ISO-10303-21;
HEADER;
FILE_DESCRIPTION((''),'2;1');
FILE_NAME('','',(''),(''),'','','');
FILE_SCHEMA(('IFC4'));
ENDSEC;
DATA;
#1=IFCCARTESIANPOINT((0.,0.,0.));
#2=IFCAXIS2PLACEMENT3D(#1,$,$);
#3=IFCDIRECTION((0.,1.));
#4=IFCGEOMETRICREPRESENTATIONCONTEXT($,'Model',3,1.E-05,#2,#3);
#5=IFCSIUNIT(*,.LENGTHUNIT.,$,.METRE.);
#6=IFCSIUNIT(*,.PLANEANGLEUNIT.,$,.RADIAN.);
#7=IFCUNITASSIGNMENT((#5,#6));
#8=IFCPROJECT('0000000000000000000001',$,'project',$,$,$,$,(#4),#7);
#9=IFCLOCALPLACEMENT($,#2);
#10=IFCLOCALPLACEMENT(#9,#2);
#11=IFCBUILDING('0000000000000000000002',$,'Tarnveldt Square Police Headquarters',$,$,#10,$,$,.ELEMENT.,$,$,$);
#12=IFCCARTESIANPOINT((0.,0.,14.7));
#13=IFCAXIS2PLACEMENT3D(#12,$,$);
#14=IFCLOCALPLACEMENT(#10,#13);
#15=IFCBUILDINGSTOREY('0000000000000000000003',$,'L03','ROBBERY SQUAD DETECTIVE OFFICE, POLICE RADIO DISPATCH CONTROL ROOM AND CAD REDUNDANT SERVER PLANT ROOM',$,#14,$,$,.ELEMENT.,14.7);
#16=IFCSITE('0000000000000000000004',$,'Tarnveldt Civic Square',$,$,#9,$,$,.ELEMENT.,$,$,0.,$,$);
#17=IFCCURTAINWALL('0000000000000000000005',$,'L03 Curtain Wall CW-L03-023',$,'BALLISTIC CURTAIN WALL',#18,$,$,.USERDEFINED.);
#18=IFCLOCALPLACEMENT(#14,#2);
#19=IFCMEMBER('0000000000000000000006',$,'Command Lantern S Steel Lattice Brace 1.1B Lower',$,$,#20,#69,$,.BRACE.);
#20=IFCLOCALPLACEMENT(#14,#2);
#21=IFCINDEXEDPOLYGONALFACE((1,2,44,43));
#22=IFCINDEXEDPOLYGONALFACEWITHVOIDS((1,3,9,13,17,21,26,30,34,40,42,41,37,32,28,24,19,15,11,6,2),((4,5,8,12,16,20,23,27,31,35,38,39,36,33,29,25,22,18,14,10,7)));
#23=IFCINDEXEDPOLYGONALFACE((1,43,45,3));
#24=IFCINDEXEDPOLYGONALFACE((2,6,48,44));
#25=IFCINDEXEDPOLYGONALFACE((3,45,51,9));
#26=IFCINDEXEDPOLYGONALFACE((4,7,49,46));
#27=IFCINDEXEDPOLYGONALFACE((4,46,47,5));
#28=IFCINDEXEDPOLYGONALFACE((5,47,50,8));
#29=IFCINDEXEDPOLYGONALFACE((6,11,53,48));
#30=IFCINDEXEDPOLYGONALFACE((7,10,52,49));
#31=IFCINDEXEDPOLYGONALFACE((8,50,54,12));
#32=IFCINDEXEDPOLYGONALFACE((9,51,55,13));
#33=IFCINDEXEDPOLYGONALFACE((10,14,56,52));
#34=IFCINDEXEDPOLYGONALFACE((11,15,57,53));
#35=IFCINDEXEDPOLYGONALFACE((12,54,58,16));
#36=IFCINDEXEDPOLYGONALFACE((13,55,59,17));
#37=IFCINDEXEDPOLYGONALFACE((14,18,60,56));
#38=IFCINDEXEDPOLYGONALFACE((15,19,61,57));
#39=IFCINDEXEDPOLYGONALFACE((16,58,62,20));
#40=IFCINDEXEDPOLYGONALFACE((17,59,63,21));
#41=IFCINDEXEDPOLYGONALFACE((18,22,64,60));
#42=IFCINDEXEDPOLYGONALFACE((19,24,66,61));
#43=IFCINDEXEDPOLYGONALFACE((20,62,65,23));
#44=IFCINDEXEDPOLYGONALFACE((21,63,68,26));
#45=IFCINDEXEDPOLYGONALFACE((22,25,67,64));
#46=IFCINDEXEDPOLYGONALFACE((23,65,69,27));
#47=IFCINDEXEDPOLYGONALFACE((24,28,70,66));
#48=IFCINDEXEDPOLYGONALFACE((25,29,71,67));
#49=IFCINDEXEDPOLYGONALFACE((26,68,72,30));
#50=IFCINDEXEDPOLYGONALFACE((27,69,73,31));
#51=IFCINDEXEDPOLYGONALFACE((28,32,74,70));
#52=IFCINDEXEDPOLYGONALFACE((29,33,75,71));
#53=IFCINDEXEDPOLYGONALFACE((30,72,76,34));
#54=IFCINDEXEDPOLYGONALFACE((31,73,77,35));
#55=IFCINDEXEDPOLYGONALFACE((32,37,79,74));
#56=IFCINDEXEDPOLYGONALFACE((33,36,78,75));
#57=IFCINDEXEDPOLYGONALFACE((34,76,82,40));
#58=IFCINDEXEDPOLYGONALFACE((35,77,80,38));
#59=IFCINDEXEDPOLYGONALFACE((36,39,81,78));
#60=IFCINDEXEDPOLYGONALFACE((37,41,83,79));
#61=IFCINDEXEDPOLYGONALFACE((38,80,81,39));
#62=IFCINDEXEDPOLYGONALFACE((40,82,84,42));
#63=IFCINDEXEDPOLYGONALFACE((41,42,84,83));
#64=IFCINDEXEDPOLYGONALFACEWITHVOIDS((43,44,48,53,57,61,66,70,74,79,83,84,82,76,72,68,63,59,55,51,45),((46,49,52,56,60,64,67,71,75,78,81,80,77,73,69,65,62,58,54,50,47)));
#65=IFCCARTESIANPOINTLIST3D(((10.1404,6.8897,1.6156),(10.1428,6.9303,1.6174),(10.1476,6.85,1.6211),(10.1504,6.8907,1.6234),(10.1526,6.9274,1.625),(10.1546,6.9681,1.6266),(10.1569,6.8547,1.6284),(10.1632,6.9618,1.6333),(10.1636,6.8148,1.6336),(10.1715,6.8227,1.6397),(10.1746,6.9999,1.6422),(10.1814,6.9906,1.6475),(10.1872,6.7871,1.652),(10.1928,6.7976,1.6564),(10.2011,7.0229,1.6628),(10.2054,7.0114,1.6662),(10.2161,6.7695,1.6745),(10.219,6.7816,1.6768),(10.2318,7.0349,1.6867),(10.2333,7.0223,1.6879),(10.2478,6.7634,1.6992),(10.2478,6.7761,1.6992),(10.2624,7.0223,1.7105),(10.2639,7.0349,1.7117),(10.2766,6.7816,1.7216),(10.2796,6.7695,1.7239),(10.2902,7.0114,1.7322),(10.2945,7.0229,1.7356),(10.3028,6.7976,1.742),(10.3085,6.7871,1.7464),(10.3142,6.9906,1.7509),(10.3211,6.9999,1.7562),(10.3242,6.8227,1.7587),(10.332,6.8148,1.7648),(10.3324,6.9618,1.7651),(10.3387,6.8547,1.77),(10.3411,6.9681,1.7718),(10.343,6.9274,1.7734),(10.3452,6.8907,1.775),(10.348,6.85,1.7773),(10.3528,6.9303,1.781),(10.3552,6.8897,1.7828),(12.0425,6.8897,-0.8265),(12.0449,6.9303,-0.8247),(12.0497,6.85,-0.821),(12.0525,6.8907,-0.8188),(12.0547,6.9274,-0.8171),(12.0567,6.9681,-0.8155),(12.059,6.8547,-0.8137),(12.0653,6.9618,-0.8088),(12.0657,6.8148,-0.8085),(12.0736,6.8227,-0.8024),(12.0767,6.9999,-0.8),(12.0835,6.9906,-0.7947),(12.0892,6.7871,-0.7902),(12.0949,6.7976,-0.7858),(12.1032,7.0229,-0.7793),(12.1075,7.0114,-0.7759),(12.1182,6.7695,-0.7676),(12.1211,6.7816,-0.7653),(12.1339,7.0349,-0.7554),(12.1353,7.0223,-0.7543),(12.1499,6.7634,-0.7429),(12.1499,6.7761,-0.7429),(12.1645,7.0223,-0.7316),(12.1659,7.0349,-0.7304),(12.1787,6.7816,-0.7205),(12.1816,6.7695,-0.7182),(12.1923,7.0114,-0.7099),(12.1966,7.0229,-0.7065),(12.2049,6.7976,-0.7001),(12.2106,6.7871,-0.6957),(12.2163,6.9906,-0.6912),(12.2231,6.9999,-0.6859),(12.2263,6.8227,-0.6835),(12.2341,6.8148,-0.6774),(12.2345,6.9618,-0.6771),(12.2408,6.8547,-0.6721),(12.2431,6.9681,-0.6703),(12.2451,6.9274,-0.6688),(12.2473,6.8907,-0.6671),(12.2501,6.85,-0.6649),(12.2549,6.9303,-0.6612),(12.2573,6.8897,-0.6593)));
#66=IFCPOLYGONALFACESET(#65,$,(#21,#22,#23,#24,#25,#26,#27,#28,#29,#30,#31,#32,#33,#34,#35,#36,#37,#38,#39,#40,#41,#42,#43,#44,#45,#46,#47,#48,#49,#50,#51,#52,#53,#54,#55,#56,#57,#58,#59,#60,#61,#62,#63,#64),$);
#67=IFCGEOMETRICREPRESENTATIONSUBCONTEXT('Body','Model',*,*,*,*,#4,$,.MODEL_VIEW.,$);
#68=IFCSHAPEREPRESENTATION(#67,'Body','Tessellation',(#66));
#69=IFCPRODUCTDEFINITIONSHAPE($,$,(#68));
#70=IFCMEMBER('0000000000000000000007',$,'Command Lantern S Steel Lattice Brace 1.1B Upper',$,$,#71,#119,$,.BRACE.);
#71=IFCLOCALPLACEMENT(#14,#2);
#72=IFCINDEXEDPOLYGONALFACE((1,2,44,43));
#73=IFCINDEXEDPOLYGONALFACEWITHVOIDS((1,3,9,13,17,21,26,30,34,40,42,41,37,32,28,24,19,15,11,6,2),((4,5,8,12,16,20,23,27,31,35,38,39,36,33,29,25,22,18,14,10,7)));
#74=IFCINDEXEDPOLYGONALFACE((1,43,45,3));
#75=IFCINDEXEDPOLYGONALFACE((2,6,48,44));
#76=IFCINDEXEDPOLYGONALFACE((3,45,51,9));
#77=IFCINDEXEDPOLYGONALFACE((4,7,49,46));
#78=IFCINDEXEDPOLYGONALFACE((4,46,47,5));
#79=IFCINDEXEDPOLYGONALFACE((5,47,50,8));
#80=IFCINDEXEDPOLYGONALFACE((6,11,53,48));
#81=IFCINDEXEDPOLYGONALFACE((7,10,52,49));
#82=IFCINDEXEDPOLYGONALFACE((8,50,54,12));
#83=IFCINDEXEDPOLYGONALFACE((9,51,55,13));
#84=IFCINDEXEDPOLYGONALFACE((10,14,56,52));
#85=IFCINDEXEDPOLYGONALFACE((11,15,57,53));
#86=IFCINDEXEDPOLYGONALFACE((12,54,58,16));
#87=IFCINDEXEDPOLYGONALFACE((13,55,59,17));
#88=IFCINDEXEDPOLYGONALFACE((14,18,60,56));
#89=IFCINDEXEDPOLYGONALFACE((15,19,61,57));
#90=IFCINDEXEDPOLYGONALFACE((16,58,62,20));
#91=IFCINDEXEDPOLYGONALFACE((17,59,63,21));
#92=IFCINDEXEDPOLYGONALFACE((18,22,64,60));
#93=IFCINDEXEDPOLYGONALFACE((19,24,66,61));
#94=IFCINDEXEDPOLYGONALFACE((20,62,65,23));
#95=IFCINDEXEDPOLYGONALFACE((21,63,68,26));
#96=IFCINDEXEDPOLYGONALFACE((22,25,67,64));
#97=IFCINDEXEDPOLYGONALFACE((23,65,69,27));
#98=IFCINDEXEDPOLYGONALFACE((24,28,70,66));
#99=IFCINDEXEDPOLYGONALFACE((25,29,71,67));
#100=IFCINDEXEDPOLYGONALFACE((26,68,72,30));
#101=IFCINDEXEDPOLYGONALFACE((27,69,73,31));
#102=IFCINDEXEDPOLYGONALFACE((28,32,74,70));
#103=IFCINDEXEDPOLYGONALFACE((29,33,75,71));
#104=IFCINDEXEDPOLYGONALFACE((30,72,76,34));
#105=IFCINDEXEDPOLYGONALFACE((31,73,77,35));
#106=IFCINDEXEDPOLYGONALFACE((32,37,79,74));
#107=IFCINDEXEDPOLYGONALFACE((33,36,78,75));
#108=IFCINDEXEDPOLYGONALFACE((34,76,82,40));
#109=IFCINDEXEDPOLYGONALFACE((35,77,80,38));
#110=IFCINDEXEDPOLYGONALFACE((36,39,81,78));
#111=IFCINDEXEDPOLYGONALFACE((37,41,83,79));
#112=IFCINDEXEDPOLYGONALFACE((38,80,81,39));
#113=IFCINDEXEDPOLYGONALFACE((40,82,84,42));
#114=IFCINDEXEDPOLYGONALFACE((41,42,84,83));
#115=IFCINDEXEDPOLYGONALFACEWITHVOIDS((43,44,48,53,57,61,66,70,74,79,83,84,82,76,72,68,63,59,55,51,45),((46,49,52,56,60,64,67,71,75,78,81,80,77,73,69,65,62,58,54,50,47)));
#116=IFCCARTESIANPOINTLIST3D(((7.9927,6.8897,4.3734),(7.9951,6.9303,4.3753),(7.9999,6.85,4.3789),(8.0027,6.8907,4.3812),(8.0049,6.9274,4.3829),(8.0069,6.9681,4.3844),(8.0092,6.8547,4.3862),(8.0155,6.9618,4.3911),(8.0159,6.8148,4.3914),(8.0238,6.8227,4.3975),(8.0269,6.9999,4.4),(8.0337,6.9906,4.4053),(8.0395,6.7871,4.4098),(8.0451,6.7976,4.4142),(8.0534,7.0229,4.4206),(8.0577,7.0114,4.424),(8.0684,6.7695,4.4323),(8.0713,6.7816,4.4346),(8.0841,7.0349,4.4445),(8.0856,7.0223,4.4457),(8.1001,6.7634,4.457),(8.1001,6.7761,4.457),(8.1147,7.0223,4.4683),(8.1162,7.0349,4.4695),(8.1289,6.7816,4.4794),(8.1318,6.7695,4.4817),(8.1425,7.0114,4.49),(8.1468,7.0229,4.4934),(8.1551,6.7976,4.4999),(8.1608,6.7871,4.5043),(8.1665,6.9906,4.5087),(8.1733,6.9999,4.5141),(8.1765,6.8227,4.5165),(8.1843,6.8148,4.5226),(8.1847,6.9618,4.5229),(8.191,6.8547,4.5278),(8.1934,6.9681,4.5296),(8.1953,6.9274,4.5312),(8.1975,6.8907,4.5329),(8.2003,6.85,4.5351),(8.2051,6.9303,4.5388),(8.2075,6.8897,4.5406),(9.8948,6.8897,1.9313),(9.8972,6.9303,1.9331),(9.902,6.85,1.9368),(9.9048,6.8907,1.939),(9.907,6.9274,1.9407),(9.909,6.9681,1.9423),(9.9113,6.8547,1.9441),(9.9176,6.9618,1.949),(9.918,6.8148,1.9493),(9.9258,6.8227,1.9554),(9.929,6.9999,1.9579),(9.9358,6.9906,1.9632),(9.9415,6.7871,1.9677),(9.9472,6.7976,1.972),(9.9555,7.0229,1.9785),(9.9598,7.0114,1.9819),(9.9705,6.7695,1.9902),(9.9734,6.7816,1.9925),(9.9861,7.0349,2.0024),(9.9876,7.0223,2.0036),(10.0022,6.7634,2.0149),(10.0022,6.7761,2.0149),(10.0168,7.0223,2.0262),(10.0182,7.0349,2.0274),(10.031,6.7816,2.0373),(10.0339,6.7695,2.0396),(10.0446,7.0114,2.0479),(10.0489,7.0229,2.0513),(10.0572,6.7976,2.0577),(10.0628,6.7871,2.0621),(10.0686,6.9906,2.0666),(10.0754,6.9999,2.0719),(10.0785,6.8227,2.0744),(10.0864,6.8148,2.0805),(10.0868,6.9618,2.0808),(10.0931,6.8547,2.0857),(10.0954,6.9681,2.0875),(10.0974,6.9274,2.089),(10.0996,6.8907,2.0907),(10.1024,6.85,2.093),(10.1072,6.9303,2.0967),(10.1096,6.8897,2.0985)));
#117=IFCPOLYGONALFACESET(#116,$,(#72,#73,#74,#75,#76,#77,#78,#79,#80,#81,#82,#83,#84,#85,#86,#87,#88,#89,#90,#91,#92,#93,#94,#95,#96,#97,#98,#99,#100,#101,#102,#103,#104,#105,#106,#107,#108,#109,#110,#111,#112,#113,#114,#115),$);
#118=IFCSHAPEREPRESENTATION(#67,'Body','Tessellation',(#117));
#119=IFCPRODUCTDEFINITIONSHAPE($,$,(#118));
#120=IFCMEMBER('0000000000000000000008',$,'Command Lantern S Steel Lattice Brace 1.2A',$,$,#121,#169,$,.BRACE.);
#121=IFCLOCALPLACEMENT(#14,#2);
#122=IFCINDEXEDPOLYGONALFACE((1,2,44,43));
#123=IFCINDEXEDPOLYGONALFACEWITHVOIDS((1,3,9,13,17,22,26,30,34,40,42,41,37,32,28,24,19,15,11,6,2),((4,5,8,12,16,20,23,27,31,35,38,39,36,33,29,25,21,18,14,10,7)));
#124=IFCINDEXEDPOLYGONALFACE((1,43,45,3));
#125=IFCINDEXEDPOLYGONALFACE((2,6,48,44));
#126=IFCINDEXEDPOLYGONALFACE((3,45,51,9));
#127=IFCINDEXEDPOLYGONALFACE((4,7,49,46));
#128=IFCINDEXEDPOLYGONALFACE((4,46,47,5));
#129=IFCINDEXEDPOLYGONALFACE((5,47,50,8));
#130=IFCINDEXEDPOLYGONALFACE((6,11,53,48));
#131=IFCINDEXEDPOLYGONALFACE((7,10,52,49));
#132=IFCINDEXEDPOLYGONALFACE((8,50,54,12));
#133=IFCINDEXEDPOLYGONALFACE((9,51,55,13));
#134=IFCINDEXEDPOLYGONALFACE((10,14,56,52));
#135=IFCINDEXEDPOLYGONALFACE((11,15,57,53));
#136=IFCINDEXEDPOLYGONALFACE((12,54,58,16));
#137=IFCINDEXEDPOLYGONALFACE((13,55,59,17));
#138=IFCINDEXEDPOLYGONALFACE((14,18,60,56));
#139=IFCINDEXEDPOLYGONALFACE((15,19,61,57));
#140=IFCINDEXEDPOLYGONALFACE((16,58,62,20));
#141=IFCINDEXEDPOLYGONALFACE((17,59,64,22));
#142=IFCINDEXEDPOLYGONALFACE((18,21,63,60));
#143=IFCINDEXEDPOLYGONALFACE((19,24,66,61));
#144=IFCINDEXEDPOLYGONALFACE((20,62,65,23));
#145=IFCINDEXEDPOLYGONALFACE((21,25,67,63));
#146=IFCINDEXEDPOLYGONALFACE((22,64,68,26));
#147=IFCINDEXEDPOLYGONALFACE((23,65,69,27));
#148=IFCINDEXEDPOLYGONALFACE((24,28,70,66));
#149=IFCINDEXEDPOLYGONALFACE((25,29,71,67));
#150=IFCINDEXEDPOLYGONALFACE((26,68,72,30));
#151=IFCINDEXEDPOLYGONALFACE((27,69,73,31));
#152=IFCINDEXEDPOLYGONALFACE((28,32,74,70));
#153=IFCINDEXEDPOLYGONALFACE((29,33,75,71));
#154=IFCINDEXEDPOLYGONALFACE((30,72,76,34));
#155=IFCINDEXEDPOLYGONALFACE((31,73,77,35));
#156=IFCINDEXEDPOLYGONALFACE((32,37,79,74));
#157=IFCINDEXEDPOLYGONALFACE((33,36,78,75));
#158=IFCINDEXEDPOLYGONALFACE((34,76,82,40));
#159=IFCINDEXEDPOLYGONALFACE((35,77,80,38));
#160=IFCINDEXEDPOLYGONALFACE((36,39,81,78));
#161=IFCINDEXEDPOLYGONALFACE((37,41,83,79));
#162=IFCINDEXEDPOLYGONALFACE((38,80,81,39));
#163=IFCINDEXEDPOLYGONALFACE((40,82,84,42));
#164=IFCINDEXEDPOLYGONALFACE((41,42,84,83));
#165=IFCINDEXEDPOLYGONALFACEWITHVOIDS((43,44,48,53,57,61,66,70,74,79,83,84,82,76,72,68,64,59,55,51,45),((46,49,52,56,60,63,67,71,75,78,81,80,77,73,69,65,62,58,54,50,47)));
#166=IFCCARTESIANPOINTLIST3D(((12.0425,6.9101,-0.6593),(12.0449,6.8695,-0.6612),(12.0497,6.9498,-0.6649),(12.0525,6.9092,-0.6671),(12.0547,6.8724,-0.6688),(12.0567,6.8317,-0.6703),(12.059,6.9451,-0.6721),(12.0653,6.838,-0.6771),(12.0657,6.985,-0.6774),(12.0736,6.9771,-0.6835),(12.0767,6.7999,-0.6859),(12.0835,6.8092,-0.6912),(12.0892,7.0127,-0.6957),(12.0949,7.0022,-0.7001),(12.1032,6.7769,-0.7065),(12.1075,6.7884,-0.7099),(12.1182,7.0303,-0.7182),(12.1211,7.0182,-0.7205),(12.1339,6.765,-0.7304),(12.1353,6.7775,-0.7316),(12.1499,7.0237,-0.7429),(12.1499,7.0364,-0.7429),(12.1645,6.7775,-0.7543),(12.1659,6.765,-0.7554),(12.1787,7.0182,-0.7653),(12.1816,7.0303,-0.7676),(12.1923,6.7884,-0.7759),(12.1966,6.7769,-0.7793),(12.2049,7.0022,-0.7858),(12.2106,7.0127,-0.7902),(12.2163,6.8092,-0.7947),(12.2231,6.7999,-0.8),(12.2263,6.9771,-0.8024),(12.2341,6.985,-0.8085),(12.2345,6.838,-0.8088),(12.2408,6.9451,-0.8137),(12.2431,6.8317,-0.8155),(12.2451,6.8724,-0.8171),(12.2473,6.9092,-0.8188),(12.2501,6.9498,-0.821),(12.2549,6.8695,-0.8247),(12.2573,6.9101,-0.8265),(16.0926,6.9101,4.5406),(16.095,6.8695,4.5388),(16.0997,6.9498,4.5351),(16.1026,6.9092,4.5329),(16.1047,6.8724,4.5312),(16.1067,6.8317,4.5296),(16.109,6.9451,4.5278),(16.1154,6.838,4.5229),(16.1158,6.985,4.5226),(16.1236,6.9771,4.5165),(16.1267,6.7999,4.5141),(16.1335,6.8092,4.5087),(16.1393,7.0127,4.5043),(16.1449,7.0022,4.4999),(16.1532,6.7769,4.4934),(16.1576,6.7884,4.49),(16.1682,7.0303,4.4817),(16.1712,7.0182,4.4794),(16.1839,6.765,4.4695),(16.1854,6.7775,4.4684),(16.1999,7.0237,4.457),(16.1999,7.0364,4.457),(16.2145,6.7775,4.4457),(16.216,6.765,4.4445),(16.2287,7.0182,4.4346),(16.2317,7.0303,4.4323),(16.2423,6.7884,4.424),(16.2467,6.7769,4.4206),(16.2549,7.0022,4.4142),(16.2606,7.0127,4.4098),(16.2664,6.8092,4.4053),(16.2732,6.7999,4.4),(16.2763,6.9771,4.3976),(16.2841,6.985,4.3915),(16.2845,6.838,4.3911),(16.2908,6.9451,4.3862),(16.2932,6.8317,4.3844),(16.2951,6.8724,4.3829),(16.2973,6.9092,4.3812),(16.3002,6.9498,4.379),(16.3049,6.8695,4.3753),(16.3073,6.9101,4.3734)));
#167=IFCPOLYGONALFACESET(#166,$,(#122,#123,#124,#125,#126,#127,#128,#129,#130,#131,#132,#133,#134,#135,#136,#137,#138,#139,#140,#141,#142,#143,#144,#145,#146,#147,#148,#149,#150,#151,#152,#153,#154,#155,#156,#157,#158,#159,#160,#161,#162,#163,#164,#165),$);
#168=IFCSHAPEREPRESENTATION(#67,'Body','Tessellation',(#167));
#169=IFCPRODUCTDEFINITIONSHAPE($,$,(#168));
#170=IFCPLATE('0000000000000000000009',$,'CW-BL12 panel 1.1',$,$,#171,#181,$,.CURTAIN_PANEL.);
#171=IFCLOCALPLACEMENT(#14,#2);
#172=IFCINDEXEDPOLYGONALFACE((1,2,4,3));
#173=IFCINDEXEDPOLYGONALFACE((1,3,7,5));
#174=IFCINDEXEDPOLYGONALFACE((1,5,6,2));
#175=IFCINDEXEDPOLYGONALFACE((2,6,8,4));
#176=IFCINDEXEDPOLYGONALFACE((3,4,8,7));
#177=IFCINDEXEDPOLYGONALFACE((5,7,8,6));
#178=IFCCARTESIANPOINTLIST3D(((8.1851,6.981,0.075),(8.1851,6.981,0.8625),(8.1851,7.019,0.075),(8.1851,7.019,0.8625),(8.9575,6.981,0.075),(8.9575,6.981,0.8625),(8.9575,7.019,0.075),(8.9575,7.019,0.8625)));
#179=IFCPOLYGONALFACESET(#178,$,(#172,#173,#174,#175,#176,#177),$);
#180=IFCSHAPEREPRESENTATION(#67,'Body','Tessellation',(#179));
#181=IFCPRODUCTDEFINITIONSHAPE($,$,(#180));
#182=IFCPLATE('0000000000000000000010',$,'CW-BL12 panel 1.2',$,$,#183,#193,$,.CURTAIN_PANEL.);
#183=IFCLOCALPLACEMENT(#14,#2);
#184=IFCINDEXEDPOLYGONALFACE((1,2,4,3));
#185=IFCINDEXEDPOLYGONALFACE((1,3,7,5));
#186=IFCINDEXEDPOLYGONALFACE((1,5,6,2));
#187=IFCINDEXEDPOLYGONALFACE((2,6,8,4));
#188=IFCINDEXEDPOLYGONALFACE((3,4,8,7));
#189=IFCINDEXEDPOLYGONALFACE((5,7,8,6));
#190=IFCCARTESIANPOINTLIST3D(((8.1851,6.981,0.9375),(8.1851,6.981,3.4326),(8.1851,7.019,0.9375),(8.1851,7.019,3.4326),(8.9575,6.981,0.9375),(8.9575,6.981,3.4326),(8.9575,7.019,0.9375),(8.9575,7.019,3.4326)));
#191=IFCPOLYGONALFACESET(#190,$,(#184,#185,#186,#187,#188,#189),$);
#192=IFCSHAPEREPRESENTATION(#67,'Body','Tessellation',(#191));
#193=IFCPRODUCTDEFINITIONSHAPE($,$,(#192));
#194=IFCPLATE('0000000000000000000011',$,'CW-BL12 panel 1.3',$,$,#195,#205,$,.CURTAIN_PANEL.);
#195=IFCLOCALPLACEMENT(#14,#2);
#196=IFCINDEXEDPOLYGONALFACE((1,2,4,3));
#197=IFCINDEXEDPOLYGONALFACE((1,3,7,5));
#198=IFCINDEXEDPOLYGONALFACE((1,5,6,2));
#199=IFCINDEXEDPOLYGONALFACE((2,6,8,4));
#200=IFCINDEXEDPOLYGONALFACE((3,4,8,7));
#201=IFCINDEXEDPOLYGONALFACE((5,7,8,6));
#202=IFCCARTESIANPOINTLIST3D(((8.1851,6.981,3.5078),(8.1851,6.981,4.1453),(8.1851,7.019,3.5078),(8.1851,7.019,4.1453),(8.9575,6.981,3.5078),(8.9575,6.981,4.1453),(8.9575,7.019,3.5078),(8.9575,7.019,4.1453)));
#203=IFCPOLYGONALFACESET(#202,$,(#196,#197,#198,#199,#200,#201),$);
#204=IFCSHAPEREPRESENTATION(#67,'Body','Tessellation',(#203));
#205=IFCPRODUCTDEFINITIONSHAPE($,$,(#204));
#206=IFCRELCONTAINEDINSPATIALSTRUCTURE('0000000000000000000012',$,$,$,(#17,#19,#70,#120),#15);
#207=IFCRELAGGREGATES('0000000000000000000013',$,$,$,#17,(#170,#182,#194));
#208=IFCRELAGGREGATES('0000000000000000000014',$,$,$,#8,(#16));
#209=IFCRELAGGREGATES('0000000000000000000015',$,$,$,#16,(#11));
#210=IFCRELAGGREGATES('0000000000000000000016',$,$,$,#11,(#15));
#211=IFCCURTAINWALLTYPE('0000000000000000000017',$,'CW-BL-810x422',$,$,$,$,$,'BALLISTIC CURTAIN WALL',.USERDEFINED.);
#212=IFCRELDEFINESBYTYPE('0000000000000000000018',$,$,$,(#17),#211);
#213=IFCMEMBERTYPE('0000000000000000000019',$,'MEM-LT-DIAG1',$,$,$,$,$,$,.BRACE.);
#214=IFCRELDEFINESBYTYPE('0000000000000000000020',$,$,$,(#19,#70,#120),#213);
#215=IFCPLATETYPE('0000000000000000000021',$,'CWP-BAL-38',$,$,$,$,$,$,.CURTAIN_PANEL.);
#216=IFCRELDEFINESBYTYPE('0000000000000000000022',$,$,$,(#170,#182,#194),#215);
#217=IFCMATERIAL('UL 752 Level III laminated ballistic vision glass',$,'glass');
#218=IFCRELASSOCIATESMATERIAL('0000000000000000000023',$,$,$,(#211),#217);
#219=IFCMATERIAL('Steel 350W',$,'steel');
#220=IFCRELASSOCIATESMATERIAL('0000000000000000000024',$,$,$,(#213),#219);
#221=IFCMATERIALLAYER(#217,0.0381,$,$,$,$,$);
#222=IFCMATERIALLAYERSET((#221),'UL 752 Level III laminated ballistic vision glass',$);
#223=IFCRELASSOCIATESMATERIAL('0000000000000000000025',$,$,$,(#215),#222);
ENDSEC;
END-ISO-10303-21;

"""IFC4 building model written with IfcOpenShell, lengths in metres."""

from ifc_helpers import new_model, si_unit, direction, frame, origin, origin_2d, place, context, subcontext, project, spatial, rectangle, hollow_circle, extrude, material, layer, layer_set, material_profile, profile_set, type_object, element, aggregate, save


model = new_model("IFC4")

# Units and contexts
model_context = context("Model", 3, precision=1e-05, world=origin(), true_north=direction((0.0, 1.0)))
body_context = subcontext(model_context, "Body", "Model", "MODEL_VIEW")
ifc_project = project(units=[si_unit("LENGTHUNIT", "METRE"), si_unit("PLANEANGLEUNIT", "RADIAN")], contexts=[model_context])

# Site, building, storey
site_placement = place(None, origin())
site = spatial("IfcSite", under=ifc_project, at=site_placement, Name="Tarnveldt Civic Square", CompositionType="ELEMENT", RefElevation=0.0)
building_placement = place(site_placement, origin())
building = spatial("IfcBuilding", under=site, at=building_placement, Name="Tarnveldt Square Police Headquarters", CompositionType="ELEMENT")
storey_placement = place(building_placement, frame((0.0, 0.0, 14.7)))
storey = spatial("IfcBuildingStorey", under=building, at=storey_placement, Name="L03", Description="ROBBERY SQUAD DETECTIVE OFFICE, POLICE RADIO DISPATCH CONTROL ROOM AND CAD REDUNDANT SERVER PLANT ROOM", CompositionType="ELEMENT", Elevation=14.7)

# Shared definitions
ifc_material_1 = material(Name="Steel 350W", Category="steel")

# Curtain wall
ifc_material_2 = material(Name="UL 752 Level III laminated ballistic vision glass", Category="glass")
curtain_wall_type = type_object("IfcCurtainWallType", Name="CW-BL-810x422", ElementType="BALLISTIC CURTAIN WALL", PredefinedType="USERDEFINED", material=ifc_material_2)
curtain_wall_placement = place(storey_placement, origin())
curtain_wall = element("IfcCurtainWall", 1, at=curtain_wall_placement, inside=storey, type_object=curtain_wall_type, Name="L03 Curtain Wall CW-L03-023", ObjectType="BALLISTIC CURTAIN WALL", PredefinedType="USERDEFINED")

# Members
ifc_material_profile_1 = material_profile(ifc_material_1, hollow_circle(Radius=0.1365, WallThickness=0.0127, at=origin_2d()), Name="HSS273x13")
ifc_profile_set_1 = profile_set([ifc_material_profile_1], Name="Steel 350W")
member_type_1 = type_object("IfcMemberType", Name="MEM-LT-DIAG1", PredefinedType="BRACE", material=ifc_profile_set_1)
for number, where, z_axis, x_axis, name in (
    (2, (12.1499, 6.8999, -0.7429), (-0.614476, 0.0, 0.788936), (0.0, -1.0, 0.0), "Command Lantern S Steel Lattice Brace 1.1B Lower"),
    (3, (10.0022, 6.8999, 2.0149), (-0.614476, 0.0, 0.788936), (0.0, -1.0, 0.0), "Command Lantern S Steel Lattice Brace 1.1B Upper"),
):
    element("IfcMember", number, at=place(storey_placement, frame(where, z_axis=z_axis, x_axis=x_axis)), inside=storey, type_object=member_type_1, Name=name, PredefinedType="BRACE", context=body_context, shape_type="SweptSolid", body=[
        extrude(hollow_circle(Radius=0.1365, WallThickness=0.0127, at=origin_2d()), origin(), (0.0, 0.0, 1.0), 3.0955),
    ])
member_1_placement = place(storey_placement, frame((12.1499, 6.8999, -0.7429), z_axis=(0.614474, 0.0, 0.788937), x_axis=(0.0, 1.0, 0.0)))
element("IfcMember", 4, at=member_1_placement, inside=storey, type_object=member_type_1, Name="Command Lantern S Steel Lattice Brace 1.2A", PredefinedType="BRACE", context=body_context, shape_type="SweptSolid", body=[
    extrude(hollow_circle(Radius=0.1365, WallThickness=0.0127, at=origin_2d()), origin(), (0.0, 0.0, 1.0), 6.5911),
])

# Plates
ifc_layer_1 = layer(ifc_material_2, 0.0381)
ifc_layer_set_1 = layer_set([ifc_layer_1], Name="UL 752 Level III laminated ballistic vision glass")
plate_type_1 = type_object("IfcPlateType", Name="CWP-BAL-38", PredefinedType="CURTAIN_PANEL", material=ifc_layer_set_1)
plate_1_placement = place(storey_placement, frame((8.5713, 7.0, 0.075), z_axis=(0.0, 0.0, 1.0), x_axis=(1.0, 0.0, 0.0)))
plate_1 = element("IfcPlate", 5, at=plate_1_placement, type_object=plate_type_1, Name="CW-BL12 panel 1.1", PredefinedType="CURTAIN_PANEL", context=body_context, shape_type="SweptSolid", body=[
    extrude(rectangle(XDim=0.7725, YDim=0.0381, at=origin_2d()), origin(), (0.0, 0.0, 1.0), 0.7876),
])
plate_2_placement = place(storey_placement, frame((8.5713, 7.0, 0.9375), z_axis=(0.0, 0.0, 1.0), x_axis=(1.0, 0.0, 0.0)))
plate_2 = element("IfcPlate", 6, at=plate_2_placement, type_object=plate_type_1, Name="CW-BL12 panel 1.2", PredefinedType="CURTAIN_PANEL", context=body_context, shape_type="SweptSolid", body=[
    extrude(rectangle(XDim=0.7725, YDim=0.0381, at=origin_2d()), origin(), (0.0, 0.0, 1.0), 2.4951),
])
plate_3_placement = place(storey_placement, frame((8.5713, 7.0, 3.5078), z_axis=(0.0, 0.0, 1.0), x_axis=(1.0, 0.0, 0.0)))
plate_3 = element("IfcPlate", 7, at=plate_3_placement, type_object=plate_type_1, Name="CW-BL12 panel 1.3", PredefinedType="CURTAIN_PANEL", context=body_context, shape_type="SweptSolid", body=[
    extrude(rectangle(XDim=0.7725, YDim=0.0381, at=origin_2d()), origin(), (0.0, 0.0, 1.0), 0.6375),
])
aggregate(curtain_wall, [plate_1, plate_2, plate_3])

save(model, "model.ifc")
